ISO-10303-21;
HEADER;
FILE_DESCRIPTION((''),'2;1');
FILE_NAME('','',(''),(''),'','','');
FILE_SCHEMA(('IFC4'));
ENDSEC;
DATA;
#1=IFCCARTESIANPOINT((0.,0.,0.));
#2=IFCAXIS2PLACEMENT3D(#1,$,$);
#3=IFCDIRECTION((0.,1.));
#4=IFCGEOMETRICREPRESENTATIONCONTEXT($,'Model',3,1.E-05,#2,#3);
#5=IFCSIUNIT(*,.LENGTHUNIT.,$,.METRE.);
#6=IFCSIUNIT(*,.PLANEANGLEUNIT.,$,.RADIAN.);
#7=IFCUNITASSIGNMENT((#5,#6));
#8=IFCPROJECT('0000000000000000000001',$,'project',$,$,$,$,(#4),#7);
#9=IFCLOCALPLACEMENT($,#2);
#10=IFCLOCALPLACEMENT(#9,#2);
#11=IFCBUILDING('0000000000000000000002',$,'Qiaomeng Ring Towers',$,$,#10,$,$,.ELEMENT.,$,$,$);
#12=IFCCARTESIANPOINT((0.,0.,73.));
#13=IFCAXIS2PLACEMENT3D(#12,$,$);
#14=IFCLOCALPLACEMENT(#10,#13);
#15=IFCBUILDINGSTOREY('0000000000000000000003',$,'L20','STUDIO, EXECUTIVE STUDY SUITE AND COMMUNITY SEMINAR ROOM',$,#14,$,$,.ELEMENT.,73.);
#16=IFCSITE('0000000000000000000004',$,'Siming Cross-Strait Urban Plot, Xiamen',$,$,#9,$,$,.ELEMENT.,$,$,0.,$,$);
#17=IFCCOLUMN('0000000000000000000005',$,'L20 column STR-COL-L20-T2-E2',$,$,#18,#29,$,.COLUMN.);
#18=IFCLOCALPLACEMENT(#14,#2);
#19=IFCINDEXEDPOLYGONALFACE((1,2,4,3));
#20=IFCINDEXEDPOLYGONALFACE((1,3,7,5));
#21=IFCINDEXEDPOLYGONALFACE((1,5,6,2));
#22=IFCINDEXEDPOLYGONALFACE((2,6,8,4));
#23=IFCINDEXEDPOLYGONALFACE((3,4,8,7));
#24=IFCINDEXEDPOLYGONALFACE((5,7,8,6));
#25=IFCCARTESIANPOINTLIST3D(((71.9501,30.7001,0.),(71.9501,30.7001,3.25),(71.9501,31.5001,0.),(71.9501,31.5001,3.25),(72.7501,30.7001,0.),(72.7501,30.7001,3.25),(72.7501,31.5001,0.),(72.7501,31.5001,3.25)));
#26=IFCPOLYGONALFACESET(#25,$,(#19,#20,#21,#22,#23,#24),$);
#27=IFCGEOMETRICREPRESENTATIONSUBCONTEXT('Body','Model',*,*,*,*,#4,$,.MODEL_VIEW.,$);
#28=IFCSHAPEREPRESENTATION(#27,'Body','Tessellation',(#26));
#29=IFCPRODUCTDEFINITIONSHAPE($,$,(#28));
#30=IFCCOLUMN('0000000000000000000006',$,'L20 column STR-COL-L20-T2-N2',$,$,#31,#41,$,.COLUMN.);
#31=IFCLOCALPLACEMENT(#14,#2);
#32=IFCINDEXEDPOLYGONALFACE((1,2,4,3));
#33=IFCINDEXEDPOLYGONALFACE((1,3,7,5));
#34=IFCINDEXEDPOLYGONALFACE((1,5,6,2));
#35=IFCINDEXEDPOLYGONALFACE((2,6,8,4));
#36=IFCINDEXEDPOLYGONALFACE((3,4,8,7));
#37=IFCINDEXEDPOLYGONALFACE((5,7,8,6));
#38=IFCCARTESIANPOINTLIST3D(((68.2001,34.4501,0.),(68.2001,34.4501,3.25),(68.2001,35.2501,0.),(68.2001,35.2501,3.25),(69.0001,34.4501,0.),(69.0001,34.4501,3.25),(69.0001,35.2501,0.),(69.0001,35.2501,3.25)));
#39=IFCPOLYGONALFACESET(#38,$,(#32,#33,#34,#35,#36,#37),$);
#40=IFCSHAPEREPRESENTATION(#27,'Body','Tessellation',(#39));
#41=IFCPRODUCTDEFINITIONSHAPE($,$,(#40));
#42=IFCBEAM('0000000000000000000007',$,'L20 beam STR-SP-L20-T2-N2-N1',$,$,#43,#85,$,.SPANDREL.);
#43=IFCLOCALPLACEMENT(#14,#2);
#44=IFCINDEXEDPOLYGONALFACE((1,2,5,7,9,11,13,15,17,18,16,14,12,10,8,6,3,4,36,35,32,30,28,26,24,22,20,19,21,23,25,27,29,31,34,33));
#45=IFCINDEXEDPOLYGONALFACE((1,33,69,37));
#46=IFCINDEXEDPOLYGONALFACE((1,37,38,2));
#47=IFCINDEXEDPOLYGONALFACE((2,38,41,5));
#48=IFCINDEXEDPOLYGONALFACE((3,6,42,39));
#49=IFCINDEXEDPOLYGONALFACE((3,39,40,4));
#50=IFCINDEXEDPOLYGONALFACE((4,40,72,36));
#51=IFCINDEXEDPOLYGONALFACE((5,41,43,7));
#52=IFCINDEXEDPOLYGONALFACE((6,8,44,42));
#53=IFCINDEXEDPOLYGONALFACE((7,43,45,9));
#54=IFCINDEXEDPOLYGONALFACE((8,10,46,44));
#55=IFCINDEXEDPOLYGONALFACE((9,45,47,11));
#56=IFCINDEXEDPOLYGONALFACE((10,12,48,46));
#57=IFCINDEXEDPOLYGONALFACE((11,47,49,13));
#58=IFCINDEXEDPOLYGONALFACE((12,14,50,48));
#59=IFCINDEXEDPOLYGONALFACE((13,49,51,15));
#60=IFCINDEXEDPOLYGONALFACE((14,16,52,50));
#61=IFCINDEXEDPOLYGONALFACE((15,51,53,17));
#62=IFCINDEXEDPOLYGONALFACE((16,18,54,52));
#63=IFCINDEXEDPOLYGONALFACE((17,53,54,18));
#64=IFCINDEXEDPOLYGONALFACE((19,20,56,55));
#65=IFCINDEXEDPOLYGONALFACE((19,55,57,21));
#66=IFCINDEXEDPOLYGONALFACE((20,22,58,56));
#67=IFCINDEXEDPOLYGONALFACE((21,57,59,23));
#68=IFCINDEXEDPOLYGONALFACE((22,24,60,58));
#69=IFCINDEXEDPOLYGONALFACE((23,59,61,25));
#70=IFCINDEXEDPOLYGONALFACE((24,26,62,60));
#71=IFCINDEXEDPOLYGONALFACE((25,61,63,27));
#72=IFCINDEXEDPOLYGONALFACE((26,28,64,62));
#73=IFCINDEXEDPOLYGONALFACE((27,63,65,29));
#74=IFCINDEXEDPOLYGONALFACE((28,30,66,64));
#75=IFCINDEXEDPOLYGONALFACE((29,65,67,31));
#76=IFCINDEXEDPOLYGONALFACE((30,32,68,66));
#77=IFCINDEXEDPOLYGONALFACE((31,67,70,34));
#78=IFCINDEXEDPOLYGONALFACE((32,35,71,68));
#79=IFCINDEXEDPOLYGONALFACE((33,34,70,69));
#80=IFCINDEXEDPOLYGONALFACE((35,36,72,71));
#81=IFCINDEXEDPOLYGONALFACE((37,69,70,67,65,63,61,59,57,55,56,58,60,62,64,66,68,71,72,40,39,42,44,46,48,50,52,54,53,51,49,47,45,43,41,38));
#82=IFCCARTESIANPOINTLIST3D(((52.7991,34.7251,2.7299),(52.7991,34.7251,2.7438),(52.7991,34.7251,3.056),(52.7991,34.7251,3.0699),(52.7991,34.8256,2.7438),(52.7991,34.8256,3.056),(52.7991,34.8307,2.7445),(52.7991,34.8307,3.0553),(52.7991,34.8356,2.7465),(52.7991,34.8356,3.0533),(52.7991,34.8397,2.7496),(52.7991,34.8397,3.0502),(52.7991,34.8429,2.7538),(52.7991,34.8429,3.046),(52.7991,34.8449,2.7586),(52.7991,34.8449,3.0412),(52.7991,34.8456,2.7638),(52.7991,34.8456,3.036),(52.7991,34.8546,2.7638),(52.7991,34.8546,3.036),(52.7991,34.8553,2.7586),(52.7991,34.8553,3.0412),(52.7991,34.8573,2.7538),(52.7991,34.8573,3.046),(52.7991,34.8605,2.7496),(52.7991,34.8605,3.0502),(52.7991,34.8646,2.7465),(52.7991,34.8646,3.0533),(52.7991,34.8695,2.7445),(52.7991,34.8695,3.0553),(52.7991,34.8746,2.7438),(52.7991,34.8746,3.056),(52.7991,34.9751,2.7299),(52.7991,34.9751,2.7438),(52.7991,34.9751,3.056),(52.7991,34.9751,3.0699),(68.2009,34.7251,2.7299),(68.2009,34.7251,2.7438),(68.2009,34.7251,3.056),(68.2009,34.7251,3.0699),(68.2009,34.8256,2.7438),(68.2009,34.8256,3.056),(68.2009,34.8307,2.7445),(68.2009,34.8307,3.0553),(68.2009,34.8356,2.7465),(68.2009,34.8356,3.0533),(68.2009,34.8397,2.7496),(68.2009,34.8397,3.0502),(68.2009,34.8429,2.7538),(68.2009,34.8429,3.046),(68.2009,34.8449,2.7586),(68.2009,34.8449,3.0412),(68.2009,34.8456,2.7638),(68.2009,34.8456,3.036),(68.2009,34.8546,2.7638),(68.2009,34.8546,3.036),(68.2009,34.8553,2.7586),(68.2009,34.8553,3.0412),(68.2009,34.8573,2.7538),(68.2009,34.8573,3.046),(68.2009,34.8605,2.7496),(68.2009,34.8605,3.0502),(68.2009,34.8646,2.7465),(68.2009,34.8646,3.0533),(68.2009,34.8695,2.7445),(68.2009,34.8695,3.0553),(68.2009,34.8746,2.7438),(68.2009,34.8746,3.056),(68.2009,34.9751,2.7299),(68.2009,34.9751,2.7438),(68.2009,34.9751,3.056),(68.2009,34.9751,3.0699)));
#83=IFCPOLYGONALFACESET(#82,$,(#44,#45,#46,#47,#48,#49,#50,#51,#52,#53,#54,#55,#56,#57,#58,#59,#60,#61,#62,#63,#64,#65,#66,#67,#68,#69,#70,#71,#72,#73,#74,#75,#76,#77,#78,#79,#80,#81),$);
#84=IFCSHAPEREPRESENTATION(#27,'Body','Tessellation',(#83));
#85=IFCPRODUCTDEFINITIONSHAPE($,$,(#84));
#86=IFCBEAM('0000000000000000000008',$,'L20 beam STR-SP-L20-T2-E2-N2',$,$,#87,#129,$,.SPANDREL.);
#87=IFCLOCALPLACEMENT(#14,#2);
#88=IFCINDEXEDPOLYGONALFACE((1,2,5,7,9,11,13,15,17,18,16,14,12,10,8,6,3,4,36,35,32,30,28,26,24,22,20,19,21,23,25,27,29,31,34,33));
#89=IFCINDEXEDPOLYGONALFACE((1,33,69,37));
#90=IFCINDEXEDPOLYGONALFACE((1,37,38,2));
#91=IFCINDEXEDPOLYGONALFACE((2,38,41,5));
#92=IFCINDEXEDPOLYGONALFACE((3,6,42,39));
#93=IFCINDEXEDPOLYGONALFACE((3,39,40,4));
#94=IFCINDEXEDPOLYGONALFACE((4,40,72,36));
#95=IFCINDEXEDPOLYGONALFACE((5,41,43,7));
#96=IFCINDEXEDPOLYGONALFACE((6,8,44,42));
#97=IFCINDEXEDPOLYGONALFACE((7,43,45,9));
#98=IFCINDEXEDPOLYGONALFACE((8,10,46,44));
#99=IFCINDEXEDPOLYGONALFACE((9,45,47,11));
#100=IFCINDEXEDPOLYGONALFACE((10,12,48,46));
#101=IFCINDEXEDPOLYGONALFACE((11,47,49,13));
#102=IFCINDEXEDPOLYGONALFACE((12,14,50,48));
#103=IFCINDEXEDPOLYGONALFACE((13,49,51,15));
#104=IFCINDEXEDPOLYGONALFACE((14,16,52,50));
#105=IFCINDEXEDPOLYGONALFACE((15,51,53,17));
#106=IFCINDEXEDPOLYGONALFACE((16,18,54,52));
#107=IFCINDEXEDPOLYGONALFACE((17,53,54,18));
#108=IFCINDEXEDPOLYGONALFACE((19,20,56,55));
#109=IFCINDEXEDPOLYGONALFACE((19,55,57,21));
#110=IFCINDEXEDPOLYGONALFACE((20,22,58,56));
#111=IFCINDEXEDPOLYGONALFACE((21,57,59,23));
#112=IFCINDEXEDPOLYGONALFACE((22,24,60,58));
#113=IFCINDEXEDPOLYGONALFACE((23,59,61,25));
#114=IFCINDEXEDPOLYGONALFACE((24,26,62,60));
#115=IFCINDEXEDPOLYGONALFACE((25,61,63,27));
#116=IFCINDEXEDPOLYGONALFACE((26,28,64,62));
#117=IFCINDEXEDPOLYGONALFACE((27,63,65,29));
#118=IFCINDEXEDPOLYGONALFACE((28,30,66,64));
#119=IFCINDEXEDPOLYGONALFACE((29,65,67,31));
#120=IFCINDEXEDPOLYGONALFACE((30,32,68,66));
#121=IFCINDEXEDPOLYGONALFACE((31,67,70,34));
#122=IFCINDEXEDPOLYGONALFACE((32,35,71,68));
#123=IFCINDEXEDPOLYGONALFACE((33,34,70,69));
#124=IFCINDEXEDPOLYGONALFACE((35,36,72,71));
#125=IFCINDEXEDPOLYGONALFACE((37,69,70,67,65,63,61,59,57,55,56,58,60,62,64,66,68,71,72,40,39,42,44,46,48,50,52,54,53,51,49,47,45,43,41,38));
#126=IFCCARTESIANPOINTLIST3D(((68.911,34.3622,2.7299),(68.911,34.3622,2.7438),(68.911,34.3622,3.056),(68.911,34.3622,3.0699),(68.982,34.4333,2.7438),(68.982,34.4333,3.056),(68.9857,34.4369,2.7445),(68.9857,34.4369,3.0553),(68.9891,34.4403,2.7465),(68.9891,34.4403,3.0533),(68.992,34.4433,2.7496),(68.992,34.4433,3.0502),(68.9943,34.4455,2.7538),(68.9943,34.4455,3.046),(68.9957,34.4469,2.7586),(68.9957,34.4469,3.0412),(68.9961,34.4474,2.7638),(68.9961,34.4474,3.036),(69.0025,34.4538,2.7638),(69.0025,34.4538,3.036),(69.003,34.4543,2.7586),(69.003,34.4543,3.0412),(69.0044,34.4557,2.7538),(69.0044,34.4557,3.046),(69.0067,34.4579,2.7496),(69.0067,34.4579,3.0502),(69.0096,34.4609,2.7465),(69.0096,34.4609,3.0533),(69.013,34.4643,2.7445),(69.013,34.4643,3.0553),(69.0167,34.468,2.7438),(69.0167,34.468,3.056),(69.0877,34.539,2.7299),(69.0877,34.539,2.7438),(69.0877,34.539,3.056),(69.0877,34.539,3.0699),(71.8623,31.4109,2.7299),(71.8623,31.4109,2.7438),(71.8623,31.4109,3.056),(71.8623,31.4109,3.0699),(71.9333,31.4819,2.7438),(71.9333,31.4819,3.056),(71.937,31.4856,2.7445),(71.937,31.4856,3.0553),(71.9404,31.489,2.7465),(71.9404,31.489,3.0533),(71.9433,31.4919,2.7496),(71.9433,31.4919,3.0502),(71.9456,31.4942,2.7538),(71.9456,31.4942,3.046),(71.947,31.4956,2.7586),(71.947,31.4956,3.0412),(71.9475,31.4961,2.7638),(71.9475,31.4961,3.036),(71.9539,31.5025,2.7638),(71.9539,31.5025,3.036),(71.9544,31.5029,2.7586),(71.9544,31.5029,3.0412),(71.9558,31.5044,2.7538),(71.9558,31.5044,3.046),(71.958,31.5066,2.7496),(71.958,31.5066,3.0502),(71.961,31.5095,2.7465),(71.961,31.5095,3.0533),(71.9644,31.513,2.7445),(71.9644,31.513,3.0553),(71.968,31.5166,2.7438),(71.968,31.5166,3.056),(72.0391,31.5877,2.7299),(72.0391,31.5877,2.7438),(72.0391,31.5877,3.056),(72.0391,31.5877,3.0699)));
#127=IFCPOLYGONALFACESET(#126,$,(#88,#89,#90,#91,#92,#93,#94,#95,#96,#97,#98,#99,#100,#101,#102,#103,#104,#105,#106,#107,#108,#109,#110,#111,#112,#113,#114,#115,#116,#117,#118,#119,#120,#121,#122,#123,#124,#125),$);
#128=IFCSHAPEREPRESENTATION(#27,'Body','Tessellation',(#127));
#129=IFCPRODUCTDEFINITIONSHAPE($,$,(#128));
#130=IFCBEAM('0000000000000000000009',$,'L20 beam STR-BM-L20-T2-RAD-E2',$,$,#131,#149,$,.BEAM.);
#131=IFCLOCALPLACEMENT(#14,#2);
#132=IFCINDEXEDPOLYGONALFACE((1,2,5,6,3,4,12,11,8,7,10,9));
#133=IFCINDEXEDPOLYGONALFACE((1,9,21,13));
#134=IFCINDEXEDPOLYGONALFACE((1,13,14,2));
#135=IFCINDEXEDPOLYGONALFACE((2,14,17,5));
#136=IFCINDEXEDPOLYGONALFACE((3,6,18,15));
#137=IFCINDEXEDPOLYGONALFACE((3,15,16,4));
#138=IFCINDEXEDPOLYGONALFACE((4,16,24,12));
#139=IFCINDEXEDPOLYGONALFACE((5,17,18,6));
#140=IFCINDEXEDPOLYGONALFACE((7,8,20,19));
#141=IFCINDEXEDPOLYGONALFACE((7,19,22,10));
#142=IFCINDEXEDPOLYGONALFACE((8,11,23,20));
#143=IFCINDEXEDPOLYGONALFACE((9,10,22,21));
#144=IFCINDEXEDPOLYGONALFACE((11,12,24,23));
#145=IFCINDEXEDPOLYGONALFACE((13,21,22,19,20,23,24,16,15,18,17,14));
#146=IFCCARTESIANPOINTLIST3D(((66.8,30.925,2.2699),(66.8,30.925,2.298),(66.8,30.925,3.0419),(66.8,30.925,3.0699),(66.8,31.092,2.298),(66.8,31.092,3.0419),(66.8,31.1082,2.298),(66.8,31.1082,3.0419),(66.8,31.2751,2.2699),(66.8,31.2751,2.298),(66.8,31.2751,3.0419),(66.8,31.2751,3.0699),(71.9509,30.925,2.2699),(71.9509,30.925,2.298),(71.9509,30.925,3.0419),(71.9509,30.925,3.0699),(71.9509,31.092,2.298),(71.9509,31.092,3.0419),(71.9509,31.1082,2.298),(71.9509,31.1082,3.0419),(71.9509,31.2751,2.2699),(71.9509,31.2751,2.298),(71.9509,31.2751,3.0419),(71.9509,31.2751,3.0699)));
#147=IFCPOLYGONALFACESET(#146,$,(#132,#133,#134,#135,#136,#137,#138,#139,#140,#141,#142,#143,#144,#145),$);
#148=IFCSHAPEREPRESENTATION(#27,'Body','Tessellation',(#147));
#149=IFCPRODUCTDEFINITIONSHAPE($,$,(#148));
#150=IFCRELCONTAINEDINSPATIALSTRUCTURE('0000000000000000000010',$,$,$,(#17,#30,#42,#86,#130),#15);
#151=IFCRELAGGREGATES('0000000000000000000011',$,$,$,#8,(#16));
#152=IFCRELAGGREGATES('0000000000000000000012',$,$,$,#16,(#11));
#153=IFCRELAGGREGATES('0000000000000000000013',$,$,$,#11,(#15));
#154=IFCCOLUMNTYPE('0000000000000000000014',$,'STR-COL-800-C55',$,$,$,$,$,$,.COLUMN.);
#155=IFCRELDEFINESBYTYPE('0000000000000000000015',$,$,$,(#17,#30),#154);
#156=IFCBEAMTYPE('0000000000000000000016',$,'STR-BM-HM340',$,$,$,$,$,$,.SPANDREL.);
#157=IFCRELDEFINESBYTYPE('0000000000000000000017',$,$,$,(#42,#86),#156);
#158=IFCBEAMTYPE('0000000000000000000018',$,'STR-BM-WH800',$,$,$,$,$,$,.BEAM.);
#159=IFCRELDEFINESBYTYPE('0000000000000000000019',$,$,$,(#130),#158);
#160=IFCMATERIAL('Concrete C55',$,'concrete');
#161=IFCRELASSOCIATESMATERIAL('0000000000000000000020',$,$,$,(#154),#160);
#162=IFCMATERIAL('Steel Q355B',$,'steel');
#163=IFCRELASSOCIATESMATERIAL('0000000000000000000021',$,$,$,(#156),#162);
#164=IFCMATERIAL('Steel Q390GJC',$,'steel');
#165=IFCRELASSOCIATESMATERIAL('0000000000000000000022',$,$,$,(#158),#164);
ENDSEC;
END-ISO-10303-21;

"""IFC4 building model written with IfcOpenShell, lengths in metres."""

from ifc_helpers import new_model, si_unit, direction, frame, origin, origin_2d, place, context, subcontext, project, spatial, rectangle, i_section, extrude, source, transform, mapped, material, material_profile, profile_set, type_object, element, save


model = new_model("IFC4")

# Units and contexts
model_context = context("Model", 3, precision=1e-05, world=origin(), true_north=direction((0.0, 1.0)))
body_context = subcontext(model_context, "Body", "Model", "MODEL_VIEW")
ifc_project = project(units=[si_unit("LENGTHUNIT", "METRE"), si_unit("PLANEANGLEUNIT", "RADIAN")], contexts=[model_context])

# Site, building, storey
site_placement = place(None, origin())
site = spatial("IfcSite", under=ifc_project, at=site_placement, Name="Siming Cross-Strait Urban Plot, Xiamen", CompositionType="ELEMENT", RefElevation=0.0)
building_placement = place(site_placement, origin())
building = spatial("IfcBuilding", under=site, at=building_placement, Name="Qiaomeng Ring Towers", CompositionType="ELEMENT")
storey_placement = place(building_placement, frame((0.0, 0.0, 73.0)))
storey = spatial("IfcBuildingStorey", under=building, at=storey_placement, Name="L20", Description="STUDIO, EXECUTIVE STUDY SUITE AND COMMUNITY SEMINAR ROOM", CompositionType="ELEMENT", Elevation=73.0)

# Columns
ifc_material_1 = material(Name="Concrete C55", Category="concrete")
ifc_material_profile_1 = material_profile(ifc_material_1, rectangle(XDim=0.8, YDim=0.8, at=origin_2d()), Name="RC COL 800x800")
ifc_profile_set_1 = profile_set([ifc_material_profile_1], Name="Concrete C55")
column_type = type_object("IfcColumnType", Name="STR-COL-800-C55", PredefinedType="COLUMN", material=ifc_profile_set_1)
shared_shape_1 = source(origin(), body_context, "Body", "SweptSolid", [
    extrude(rectangle(XDim=0.8, YDim=0.8, at=origin_2d()), origin(), (0.0, 0.0, 1.0), 3.25),
])
for number, where, z_axis, x_axis, name in (
    (1, (72.3501, 31.1001, 0.0), (0.0, 0.0, 1.0), (1.0, 0.0, 0.0), "L20 column STR-COL-L20-T2-E2"),
    (2, (68.6001, 34.8501, 0.0), (0.0, 0.0, 1.0), (1.0, 0.0, 0.0), "L20 column STR-COL-L20-T2-N2"),
):
    element("IfcColumn", number, at=place(storey_placement, frame(where, z_axis=z_axis, x_axis=x_axis)), inside=storey, type_object=column_type, Name=name, PredefinedType="COLUMN", context=body_context, shape_type="MappedRepresentation", body=[
        mapped(shared_shape_1, transform((0.0, 0.0, 0.0), x_axis=(1.0, 0.0, 0.0), y_axis=(0.0, 1.0, 0.0), z_axis=(0.0, 0.0, 1.0), scale=1.0)),
    ])

# Beams
ifc_material_2 = material(Name="Steel Q355B", Category="steel")
ifc_material_profile_2 = material_profile(ifc_material_2, i_section(OverallWidth=0.25, OverallDepth=0.3401, WebThickness=0.009, FlangeThickness=0.0139, FilletRadius=0.02, at=origin_2d()), Name="HM 340x250x9x14")
ifc_profile_set_2 = profile_set([ifc_material_profile_2], Name="Steel Q355B")
beam_type_1 = type_object("IfcBeamType", Name="STR-BM-HM340", PredefinedType="SPANDREL", material=ifc_profile_set_2)
shared_shape_2 = source(origin(), body_context, "Body", "SweptSolid", [
    extrude(i_section(OverallWidth=0.25, OverallDepth=0.3401, WebThickness=0.009, FlangeThickness=0.0139, FilletRadius=0.02, at=origin_2d()), origin(), (0.0, 0.0, 1.0), 15.4019),
])
beam_1_placement = place(storey_placement, frame((68.2009, 34.8501, 2.8999), z_axis=(-1.0, 0.0, 0.0), x_axis=(0.0, -1.0, 0.0)))
element("IfcBeam", 3, at=beam_1_placement, inside=storey, type_object=beam_type_1, Name="L20 beam STR-SP-L20-T2-N2-N1", PredefinedType="SPANDREL", context=body_context, shape_type="MappedRepresentation", body=[
    mapped(shared_shape_2, transform((0.0, 0.0, 0.0), x_axis=(1.0, 0.0, 0.0), y_axis=(0.0, 1.0, 0.0), z_axis=(0.0, 0.0, 1.0), scale=1.0)),
])
shared_shape_3 = source(origin(), body_context, "Body", "SweptSolid", [
    extrude(i_section(OverallWidth=0.25, OverallDepth=0.3401, WebThickness=0.009, FlangeThickness=0.0139, FilletRadius=0.02, at=origin_2d()), origin(), (0.0, 0.0, 1.0), 4.1738),
])
beam_2_placement = place(storey_placement, frame((71.9507, 31.4993, 2.8999), z_axis=(-0.707107, 0.707107, 0.0), x_axis=(-0.707107, -0.707107, 0.0)))
element("IfcBeam", 4, at=beam_2_placement, inside=storey, type_object=beam_type_1, Name="L20 beam STR-SP-L20-T2-E2-N2", PredefinedType="SPANDREL", context=body_context, shape_type="MappedRepresentation", body=[
    mapped(shared_shape_3, transform((0.0, 0.0, 0.0), x_axis=(1.0, 0.0, 0.0), y_axis=(0.0, 1.0, 0.0), z_axis=(0.0, 0.0, 1.0), scale=1.0)),
])
ifc_material_3 = material(Name="Steel Q390GJC", Category="steel")
ifc_material_profile_3 = material_profile(ifc_material_3, i_section(OverallWidth=0.3501, OverallDepth=0.8, WebThickness=0.0161, FlangeThickness=0.0281, at=origin_2d()), Name="WH 800x350x16x28")
ifc_profile_set_3 = profile_set([ifc_material_profile_3], Name="Steel Q390GJC")
beam_type_2 = type_object("IfcBeamType", Name="STR-BM-WH800", PredefinedType="BEAM", material=ifc_profile_set_3)
shared_shape_4 = source(origin(), body_context, "Body", "SweptSolid", [
    extrude(i_section(OverallWidth=0.3501, OverallDepth=0.8, WebThickness=0.0161, FlangeThickness=0.0281, at=origin_2d()), origin(), (0.0, 0.0, 1.0), 5.1509),
])
beam_3_placement = place(storey_placement, frame((66.8, 31.1001, 2.6699), z_axis=(1.0, 0.0, 0.0), x_axis=(0.0, 1.0, 0.0)))
element("IfcBeam", 5, at=beam_3_placement, inside=storey, type_object=beam_type_2, Name="L20 beam STR-BM-L20-T2-RAD-E2", PredefinedType="BEAM", context=body_context, shape_type="MappedRepresentation", body=[
    mapped(shared_shape_4, transform((0.0, 0.0, 0.0), x_axis=(1.0, 0.0, 0.0), y_axis=(0.0, 1.0, 0.0), z_axis=(0.0, 0.0, 1.0), scale=1.0)),
])

save(model, "model.ifc")
